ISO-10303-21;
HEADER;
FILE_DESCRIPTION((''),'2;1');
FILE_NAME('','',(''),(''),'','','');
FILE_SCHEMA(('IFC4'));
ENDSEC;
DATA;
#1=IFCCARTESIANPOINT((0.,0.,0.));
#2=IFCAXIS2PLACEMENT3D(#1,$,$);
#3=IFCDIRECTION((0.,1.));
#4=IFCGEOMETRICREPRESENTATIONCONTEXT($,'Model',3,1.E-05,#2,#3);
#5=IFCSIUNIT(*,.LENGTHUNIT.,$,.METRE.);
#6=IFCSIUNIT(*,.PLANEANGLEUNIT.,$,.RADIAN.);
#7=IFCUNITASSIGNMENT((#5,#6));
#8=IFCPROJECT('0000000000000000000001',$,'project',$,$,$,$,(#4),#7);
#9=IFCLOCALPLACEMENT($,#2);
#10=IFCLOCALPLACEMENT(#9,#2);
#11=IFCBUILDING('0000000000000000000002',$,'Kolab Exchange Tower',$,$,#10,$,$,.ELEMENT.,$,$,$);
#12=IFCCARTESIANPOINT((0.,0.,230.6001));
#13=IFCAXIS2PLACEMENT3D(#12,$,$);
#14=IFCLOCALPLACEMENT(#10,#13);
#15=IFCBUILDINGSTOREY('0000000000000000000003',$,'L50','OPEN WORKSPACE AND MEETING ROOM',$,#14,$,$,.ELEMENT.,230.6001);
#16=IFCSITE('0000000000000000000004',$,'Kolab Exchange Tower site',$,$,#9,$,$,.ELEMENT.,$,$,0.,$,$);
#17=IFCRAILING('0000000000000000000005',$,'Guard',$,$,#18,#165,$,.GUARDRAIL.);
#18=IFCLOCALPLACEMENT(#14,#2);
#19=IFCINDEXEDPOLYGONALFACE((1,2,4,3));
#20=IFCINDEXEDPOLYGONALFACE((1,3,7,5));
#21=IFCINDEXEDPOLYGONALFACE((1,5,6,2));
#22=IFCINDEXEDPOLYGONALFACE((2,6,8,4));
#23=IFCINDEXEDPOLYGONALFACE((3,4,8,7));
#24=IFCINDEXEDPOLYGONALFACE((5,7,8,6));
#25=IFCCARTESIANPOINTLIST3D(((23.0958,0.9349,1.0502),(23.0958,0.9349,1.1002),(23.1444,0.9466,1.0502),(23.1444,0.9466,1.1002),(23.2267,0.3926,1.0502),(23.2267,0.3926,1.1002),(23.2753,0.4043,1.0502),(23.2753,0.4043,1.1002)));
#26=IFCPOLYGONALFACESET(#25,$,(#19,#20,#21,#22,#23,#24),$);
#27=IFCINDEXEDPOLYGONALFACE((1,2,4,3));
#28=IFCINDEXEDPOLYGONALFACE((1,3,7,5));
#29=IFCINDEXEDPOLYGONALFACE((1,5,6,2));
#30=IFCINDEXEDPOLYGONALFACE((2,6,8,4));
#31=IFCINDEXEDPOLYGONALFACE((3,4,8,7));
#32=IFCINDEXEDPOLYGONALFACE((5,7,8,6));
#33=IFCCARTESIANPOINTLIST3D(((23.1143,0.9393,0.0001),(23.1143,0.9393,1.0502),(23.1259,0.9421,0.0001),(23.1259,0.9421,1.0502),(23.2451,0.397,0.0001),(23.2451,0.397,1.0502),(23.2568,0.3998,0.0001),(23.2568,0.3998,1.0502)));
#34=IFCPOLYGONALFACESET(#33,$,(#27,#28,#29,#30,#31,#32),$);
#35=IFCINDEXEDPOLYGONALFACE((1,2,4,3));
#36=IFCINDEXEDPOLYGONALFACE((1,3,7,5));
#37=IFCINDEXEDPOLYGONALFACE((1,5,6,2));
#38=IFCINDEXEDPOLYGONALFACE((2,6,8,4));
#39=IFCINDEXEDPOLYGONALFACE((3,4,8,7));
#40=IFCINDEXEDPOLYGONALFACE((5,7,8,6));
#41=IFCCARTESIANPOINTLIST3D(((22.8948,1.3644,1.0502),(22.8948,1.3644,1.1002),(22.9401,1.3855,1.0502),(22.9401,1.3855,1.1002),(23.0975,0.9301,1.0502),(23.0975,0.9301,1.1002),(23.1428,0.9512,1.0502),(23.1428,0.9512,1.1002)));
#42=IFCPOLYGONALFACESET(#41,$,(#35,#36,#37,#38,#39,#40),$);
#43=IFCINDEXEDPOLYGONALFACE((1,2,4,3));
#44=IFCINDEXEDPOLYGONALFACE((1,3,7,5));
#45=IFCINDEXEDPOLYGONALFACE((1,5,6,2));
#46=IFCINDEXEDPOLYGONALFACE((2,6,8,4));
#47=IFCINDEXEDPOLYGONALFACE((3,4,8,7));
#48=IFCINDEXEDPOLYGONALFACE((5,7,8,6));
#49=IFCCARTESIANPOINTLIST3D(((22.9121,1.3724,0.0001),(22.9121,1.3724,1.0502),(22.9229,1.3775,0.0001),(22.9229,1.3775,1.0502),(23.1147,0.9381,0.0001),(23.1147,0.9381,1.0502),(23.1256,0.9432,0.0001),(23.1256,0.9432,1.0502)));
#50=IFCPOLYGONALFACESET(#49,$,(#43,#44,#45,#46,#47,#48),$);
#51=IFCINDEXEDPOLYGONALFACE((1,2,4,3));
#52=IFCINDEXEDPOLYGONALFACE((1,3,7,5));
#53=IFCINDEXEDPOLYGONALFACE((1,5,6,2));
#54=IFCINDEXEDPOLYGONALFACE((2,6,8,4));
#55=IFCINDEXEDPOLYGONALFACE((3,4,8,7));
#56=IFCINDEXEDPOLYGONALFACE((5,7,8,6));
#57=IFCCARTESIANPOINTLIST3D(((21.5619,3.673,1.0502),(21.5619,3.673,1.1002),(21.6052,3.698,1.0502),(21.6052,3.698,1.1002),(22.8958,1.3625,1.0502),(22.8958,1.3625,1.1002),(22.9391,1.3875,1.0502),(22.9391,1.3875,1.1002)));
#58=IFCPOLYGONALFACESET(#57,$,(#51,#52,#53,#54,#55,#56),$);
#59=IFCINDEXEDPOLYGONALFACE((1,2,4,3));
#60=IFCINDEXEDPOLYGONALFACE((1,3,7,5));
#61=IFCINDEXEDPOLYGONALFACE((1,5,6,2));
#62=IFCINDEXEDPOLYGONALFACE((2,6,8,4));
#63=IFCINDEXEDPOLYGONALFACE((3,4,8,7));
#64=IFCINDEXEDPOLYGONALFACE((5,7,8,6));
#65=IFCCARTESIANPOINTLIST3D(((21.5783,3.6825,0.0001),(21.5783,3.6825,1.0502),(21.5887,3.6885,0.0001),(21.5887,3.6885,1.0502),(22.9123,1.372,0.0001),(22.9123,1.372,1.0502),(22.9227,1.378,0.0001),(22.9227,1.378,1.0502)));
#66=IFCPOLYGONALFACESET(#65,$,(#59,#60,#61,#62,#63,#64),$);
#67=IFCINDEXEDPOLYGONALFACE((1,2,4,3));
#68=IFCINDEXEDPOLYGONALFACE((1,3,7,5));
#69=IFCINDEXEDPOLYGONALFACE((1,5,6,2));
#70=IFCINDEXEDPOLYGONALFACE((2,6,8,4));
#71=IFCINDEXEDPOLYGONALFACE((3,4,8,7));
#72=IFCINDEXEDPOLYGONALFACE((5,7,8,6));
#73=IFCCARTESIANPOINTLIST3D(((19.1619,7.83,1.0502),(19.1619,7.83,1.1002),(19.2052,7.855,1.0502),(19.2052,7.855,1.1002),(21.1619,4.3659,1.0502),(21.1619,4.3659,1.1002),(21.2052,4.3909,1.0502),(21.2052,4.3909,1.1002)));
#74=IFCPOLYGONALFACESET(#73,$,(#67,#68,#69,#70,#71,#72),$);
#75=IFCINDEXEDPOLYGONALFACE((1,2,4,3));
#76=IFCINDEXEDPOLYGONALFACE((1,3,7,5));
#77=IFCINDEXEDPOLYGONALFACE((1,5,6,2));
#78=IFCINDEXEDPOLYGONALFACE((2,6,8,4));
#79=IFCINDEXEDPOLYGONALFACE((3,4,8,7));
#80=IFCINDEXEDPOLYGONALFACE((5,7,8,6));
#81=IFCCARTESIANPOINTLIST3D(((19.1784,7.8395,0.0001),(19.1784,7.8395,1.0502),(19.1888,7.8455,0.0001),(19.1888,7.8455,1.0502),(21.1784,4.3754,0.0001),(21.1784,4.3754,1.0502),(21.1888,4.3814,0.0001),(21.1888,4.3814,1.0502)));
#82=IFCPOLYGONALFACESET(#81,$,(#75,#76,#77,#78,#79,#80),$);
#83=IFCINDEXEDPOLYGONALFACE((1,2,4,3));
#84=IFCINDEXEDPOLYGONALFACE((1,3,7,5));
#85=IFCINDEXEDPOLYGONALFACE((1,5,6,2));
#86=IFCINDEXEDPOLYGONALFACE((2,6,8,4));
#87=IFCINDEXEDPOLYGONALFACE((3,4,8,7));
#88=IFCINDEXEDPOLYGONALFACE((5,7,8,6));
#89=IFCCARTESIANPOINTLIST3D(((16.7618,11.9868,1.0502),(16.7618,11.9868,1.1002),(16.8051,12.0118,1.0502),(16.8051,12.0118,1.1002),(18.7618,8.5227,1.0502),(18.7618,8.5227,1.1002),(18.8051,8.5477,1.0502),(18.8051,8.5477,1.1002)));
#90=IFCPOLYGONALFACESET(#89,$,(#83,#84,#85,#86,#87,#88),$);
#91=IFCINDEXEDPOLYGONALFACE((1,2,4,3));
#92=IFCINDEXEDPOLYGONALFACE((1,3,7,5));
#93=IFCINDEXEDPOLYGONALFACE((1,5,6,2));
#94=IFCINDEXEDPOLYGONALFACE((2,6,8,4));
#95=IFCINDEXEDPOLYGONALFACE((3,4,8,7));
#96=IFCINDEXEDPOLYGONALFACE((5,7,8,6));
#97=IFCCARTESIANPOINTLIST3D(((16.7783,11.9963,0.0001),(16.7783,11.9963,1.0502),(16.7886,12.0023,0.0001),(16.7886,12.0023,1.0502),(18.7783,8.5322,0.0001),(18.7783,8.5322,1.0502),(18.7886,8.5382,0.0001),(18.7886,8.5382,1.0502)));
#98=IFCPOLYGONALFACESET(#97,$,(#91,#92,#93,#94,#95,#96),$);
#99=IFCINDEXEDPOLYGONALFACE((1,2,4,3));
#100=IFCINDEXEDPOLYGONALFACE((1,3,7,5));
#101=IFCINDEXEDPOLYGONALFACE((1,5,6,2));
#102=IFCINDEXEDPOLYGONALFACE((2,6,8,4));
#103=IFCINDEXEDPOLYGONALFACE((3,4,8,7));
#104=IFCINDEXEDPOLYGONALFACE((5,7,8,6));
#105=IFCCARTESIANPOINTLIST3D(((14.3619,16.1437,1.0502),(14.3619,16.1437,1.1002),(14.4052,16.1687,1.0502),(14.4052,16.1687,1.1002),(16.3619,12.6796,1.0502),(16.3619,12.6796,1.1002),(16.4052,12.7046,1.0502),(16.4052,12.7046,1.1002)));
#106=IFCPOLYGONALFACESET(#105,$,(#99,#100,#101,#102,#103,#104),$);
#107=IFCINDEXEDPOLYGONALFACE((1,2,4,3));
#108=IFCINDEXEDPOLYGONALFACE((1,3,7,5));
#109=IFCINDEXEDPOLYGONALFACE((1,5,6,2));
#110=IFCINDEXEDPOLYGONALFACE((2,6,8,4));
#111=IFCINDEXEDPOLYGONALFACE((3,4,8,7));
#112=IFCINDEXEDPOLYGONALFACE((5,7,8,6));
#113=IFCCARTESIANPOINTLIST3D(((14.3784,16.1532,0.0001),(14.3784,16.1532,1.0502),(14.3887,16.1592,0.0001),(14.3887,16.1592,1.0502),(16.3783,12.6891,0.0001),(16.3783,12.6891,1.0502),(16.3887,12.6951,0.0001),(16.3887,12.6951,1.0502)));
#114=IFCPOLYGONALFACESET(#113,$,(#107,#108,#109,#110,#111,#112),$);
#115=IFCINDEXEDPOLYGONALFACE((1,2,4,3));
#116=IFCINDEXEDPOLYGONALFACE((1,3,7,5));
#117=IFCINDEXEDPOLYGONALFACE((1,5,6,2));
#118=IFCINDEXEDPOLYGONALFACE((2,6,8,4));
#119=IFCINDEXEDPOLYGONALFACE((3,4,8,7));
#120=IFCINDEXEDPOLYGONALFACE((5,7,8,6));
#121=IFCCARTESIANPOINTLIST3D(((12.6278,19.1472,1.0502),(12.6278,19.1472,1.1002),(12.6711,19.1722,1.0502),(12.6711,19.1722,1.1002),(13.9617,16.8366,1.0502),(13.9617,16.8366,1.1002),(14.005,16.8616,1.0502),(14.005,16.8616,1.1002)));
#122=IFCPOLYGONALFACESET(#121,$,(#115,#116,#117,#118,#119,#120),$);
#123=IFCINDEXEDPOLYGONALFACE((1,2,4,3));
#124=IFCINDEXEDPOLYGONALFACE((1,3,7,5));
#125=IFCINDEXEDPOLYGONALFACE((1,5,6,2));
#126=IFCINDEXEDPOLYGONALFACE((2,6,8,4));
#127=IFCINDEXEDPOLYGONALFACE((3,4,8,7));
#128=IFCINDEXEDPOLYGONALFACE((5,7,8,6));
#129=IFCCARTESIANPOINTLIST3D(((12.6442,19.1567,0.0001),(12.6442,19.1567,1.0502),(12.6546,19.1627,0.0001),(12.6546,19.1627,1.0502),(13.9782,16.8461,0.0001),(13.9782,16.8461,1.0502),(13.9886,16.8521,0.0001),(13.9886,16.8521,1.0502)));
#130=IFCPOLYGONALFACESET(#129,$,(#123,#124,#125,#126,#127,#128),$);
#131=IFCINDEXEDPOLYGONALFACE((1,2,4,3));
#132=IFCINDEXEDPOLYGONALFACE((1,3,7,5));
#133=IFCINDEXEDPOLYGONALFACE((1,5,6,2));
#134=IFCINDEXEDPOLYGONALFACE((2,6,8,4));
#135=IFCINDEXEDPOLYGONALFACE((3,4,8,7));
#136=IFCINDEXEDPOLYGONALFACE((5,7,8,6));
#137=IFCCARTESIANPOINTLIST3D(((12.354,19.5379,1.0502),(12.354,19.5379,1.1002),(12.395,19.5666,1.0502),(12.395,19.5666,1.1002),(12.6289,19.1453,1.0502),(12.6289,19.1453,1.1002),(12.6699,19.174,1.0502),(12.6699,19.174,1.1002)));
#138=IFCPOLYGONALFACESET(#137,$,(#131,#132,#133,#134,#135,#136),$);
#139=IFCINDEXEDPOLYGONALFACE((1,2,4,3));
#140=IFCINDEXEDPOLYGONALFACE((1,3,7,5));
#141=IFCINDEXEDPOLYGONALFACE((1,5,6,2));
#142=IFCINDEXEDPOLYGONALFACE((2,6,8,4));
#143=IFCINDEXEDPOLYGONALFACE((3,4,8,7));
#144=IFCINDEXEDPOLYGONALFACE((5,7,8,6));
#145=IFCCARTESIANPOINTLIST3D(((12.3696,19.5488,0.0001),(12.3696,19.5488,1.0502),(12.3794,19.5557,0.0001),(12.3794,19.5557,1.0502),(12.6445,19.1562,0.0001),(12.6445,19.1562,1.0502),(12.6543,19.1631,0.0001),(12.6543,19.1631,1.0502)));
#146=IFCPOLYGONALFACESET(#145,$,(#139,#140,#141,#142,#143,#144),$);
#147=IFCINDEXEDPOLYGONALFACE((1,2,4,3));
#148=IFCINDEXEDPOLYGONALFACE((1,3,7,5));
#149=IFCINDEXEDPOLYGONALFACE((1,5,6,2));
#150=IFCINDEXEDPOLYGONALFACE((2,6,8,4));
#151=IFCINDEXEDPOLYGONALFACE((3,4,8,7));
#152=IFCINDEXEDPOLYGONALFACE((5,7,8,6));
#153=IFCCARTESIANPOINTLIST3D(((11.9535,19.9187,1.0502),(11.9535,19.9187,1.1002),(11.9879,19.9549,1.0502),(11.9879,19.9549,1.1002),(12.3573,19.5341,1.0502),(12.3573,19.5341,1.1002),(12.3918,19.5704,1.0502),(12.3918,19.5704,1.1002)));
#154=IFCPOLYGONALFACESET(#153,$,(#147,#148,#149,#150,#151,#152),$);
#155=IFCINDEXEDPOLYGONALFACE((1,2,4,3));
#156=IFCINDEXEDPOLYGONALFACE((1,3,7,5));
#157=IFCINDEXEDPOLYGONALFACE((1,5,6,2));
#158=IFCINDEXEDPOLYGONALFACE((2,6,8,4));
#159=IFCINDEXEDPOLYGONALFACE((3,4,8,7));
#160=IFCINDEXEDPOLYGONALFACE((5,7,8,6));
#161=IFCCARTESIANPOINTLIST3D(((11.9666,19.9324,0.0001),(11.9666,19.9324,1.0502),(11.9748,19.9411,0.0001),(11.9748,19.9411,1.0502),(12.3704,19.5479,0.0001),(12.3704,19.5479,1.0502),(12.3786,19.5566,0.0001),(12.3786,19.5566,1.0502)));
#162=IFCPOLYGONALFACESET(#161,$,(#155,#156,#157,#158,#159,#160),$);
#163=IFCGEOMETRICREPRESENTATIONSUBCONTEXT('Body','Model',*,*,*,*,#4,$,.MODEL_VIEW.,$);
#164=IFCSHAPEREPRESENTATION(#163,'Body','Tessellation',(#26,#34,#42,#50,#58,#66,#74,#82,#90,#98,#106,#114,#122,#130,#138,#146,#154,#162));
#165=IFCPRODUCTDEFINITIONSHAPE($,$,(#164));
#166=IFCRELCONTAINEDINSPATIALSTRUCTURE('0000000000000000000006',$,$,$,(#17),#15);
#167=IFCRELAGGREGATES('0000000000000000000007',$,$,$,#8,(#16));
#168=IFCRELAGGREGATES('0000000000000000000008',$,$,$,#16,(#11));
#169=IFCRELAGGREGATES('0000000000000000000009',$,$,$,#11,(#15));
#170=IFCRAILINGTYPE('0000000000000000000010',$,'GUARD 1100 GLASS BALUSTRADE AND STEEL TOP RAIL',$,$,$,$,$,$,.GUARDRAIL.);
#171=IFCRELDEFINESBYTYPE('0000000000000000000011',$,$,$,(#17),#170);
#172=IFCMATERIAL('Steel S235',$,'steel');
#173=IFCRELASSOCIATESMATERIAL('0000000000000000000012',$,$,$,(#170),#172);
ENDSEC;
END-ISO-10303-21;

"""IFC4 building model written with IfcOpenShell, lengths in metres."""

from ifc_helpers import new_model, si_unit, direction, frame, frame_2d, origin, origin_2d, place, context, subcontext, project, spatial, rectangle, extrude, material, type_object, element, save


model = new_model("IFC4")

# Units and contexts
model_context = context("Model", 3, precision=1e-05, world=origin(), true_north=direction((0.0, 1.0)))
body_context = subcontext(model_context, "Body", "Model", "MODEL_VIEW")
ifc_project = project(units=[si_unit("LENGTHUNIT", "METRE"), si_unit("PLANEANGLEUNIT", "RADIAN")], contexts=[model_context])

# Site, building, storey
site_placement = place(None, origin())
site = spatial("IfcSite", under=ifc_project, at=site_placement, Name="Kolab Exchange Tower site", CompositionType="ELEMENT", RefElevation=0.0)
building_placement = place(site_placement, origin())
building = spatial("IfcBuilding", under=site, at=building_placement, Name="Kolab Exchange Tower", CompositionType="ELEMENT")
storey_placement = place(building_placement, frame((0.0, 0.0, 230.6001)))
storey = spatial("IfcBuildingStorey", under=building, at=storey_placement, Name="L50", Description="OPEN WORKSPACE AND MEETING ROOM", CompositionType="ELEMENT", Elevation=230.6001)

# Railing
ifc_material_1 = material(Name="Steel S235", Category="steel")
railing_type = type_object("IfcRailingType", Name="GUARD 1100 GLASS BALUSTRADE AND STEEL TOP RAIL", PredefinedType="GUARDRAIL", material=ifc_material_1)
railing_placement = place(storey_placement, frame((23.251, 0.3984, 0.0)))
element("IfcRailing", 1, at=railing_placement, inside=storey, type_object=railing_type, Name="Guard", PredefinedType="GUARDRAIL", context=body_context, shape_type="SweptSolid", body=[
    extrude(rectangle(XDim=0.05, YDim=0.05, at=origin_2d()), frame((0.0, 0.0, 1.0752), z_axis=(-0.234598, 0.972093, 0.0), x_axis=(-0.972093, -0.234598, 0.0)), (0.0, 0.0, 1.0), 0.5579),
    extrude(rectangle(XDim=0.012, YDim=1.0501, at=frame_2d((0.0, 0.5251))), frame((0.0, 0.0, 0.0), z_axis=(-0.234598, 0.972093, 0.0), x_axis=(-0.972093, -0.234598, 0.0)), (0.0, 0.0, 1.0), 0.5579),
    extrude(rectangle(XDim=0.05, YDim=0.05, at=origin_2d()), frame((-0.1309, 0.5422, 1.0752), z_axis=(-0.422802, 0.906222, 0.0), x_axis=(-0.906222, -0.422802, 0.0)), (0.0, 0.0, 1.0), 0.4792),
    extrude(rectangle(XDim=0.012, YDim=1.0501, at=frame_2d((0.0, 0.5251))), frame((-0.1309, 0.5422, 0.0), z_axis=(-0.422802, 0.906222, 0.0), x_axis=(-0.906222, -0.422802, 0.0)), (0.0, 0.0, 1.0), 0.4792),
    extrude(rectangle(XDim=0.05, YDim=0.05, at=origin_2d()), frame((-0.3335, 0.9766, 1.0752), z_axis=(-0.499997, 0.866027, 0.0), x_axis=(-0.866027, -0.499997, 0.0)), (0.0, 0.0, 1.0), 2.668),
    extrude(rectangle(XDim=0.012, YDim=1.0501, at=frame_2d((0.0, 0.5251))), frame((-0.3335, 0.9766, 0.0), z_axis=(-0.499997, 0.866027, 0.0), x_axis=(-0.866027, -0.499997, 0.0)), (0.0, 0.0, 1.0), 2.668),
    extrude(rectangle(XDim=0.05, YDim=0.05, at=origin_2d()), frame((-2.0674, 3.98, 1.0752), z_axis=(-0.499999, 0.866026, 0.0), x_axis=(-0.866026, -0.499999, 0.0)), (0.0, 0.0, 1.0), 4.0),
    extrude(rectangle(XDim=0.012, YDim=1.0501, at=frame_2d((0.0, 0.5251))), frame((-2.0674, 3.98, 0.0), z_axis=(-0.499999, 0.866026, 0.0), x_axis=(-0.866026, -0.499999, 0.0)), (0.0, 0.0, 1.0), 4.0),
    extrude(rectangle(XDim=0.05, YDim=0.05, at=origin_2d()), frame((-4.4675, 8.1367, 1.0752), z_axis=(-0.499999, 0.866026, 0.0), x_axis=(-0.866026, -0.499999, 0.0)), (0.0, 0.0, 1.0), 4.0),
    extrude(rectangle(XDim=0.012, YDim=1.0501, at=frame_2d((0.0, 0.5251))), frame((-4.4675, 8.1367, 0.0), z_axis=(-0.499999, 0.866026, 0.0), x_axis=(-0.866026, -0.499999, 0.0)), (0.0, 0.0, 1.0), 4.0),
    extrude(rectangle(XDim=0.05, YDim=0.05, at=origin_2d()), frame((-6.8674, 12.2937, 1.0752), z_axis=(-0.499999, 0.866026, 0.0), x_axis=(-0.866026, -0.499999, 0.0)), (0.0, 0.0, 1.0), 4.0),
    extrude(rectangle(XDim=0.012, YDim=1.0501, at=frame_2d((0.0, 0.5251))), frame((-6.8674, 12.2937, 0.0), z_axis=(-0.499999, 0.866026, 0.0), x_axis=(-0.866026, -0.499999, 0.0)), (0.0, 0.0, 1.0), 4.0),
    extrude(rectangle(XDim=0.05, YDim=0.05, at=origin_2d()), frame((-9.2676, 16.4507, 1.0752), z_axis=(-0.499997, 0.866027, 0.0), x_axis=(-0.866027, -0.499997, 0.0)), (0.0, 0.0, 1.0), 2.668),
    extrude(rectangle(XDim=0.012, YDim=1.0501, at=frame_2d((0.0, 0.5251))), frame((-9.2676, 16.4507, 0.0), z_axis=(-0.499997, 0.866027, 0.0), x_axis=(-0.866027, -0.499997, 0.0)), (0.0, 0.0, 1.0), 2.668),
    extrude(rectangle(XDim=0.05, YDim=0.05, at=origin_2d()), frame((-10.6016, 18.7612, 1.0752), z_axis=(-0.573599, 0.819136, 0.0), x_axis=(-0.819136, -0.573599, 0.0)), (0.0, 0.0, 1.0), 0.4792),
    extrude(rectangle(XDim=0.012, YDim=1.0501, at=frame_2d((0.0, 0.5251))), frame((-10.6016, 18.7612, 0.0), z_axis=(-0.573599, 0.819136, 0.0), x_axis=(-0.819136, -0.573599, 0.0)), (0.0, 0.0, 1.0), 0.4792),
    extrude(rectangle(XDim=0.05, YDim=0.05, at=origin_2d()), frame((-10.8765, 19.1538, 1.0752), z_axis=(-0.72419, 0.689601, 0.0), x_axis=(-0.689601, -0.72419, 0.0)), (0.0, 0.0, 1.0), 0.5576),
    extrude(rectangle(XDim=0.012, YDim=1.0501, at=frame_2d((0.0, 0.5251))), frame((-10.8765, 19.1538, 0.0), z_axis=(-0.72419, 0.689601, 0.0), x_axis=(-0.689601, -0.72419, 0.0)), (0.0, 0.0, 1.0), 0.5576),
])

save(model, "model.ifc")
